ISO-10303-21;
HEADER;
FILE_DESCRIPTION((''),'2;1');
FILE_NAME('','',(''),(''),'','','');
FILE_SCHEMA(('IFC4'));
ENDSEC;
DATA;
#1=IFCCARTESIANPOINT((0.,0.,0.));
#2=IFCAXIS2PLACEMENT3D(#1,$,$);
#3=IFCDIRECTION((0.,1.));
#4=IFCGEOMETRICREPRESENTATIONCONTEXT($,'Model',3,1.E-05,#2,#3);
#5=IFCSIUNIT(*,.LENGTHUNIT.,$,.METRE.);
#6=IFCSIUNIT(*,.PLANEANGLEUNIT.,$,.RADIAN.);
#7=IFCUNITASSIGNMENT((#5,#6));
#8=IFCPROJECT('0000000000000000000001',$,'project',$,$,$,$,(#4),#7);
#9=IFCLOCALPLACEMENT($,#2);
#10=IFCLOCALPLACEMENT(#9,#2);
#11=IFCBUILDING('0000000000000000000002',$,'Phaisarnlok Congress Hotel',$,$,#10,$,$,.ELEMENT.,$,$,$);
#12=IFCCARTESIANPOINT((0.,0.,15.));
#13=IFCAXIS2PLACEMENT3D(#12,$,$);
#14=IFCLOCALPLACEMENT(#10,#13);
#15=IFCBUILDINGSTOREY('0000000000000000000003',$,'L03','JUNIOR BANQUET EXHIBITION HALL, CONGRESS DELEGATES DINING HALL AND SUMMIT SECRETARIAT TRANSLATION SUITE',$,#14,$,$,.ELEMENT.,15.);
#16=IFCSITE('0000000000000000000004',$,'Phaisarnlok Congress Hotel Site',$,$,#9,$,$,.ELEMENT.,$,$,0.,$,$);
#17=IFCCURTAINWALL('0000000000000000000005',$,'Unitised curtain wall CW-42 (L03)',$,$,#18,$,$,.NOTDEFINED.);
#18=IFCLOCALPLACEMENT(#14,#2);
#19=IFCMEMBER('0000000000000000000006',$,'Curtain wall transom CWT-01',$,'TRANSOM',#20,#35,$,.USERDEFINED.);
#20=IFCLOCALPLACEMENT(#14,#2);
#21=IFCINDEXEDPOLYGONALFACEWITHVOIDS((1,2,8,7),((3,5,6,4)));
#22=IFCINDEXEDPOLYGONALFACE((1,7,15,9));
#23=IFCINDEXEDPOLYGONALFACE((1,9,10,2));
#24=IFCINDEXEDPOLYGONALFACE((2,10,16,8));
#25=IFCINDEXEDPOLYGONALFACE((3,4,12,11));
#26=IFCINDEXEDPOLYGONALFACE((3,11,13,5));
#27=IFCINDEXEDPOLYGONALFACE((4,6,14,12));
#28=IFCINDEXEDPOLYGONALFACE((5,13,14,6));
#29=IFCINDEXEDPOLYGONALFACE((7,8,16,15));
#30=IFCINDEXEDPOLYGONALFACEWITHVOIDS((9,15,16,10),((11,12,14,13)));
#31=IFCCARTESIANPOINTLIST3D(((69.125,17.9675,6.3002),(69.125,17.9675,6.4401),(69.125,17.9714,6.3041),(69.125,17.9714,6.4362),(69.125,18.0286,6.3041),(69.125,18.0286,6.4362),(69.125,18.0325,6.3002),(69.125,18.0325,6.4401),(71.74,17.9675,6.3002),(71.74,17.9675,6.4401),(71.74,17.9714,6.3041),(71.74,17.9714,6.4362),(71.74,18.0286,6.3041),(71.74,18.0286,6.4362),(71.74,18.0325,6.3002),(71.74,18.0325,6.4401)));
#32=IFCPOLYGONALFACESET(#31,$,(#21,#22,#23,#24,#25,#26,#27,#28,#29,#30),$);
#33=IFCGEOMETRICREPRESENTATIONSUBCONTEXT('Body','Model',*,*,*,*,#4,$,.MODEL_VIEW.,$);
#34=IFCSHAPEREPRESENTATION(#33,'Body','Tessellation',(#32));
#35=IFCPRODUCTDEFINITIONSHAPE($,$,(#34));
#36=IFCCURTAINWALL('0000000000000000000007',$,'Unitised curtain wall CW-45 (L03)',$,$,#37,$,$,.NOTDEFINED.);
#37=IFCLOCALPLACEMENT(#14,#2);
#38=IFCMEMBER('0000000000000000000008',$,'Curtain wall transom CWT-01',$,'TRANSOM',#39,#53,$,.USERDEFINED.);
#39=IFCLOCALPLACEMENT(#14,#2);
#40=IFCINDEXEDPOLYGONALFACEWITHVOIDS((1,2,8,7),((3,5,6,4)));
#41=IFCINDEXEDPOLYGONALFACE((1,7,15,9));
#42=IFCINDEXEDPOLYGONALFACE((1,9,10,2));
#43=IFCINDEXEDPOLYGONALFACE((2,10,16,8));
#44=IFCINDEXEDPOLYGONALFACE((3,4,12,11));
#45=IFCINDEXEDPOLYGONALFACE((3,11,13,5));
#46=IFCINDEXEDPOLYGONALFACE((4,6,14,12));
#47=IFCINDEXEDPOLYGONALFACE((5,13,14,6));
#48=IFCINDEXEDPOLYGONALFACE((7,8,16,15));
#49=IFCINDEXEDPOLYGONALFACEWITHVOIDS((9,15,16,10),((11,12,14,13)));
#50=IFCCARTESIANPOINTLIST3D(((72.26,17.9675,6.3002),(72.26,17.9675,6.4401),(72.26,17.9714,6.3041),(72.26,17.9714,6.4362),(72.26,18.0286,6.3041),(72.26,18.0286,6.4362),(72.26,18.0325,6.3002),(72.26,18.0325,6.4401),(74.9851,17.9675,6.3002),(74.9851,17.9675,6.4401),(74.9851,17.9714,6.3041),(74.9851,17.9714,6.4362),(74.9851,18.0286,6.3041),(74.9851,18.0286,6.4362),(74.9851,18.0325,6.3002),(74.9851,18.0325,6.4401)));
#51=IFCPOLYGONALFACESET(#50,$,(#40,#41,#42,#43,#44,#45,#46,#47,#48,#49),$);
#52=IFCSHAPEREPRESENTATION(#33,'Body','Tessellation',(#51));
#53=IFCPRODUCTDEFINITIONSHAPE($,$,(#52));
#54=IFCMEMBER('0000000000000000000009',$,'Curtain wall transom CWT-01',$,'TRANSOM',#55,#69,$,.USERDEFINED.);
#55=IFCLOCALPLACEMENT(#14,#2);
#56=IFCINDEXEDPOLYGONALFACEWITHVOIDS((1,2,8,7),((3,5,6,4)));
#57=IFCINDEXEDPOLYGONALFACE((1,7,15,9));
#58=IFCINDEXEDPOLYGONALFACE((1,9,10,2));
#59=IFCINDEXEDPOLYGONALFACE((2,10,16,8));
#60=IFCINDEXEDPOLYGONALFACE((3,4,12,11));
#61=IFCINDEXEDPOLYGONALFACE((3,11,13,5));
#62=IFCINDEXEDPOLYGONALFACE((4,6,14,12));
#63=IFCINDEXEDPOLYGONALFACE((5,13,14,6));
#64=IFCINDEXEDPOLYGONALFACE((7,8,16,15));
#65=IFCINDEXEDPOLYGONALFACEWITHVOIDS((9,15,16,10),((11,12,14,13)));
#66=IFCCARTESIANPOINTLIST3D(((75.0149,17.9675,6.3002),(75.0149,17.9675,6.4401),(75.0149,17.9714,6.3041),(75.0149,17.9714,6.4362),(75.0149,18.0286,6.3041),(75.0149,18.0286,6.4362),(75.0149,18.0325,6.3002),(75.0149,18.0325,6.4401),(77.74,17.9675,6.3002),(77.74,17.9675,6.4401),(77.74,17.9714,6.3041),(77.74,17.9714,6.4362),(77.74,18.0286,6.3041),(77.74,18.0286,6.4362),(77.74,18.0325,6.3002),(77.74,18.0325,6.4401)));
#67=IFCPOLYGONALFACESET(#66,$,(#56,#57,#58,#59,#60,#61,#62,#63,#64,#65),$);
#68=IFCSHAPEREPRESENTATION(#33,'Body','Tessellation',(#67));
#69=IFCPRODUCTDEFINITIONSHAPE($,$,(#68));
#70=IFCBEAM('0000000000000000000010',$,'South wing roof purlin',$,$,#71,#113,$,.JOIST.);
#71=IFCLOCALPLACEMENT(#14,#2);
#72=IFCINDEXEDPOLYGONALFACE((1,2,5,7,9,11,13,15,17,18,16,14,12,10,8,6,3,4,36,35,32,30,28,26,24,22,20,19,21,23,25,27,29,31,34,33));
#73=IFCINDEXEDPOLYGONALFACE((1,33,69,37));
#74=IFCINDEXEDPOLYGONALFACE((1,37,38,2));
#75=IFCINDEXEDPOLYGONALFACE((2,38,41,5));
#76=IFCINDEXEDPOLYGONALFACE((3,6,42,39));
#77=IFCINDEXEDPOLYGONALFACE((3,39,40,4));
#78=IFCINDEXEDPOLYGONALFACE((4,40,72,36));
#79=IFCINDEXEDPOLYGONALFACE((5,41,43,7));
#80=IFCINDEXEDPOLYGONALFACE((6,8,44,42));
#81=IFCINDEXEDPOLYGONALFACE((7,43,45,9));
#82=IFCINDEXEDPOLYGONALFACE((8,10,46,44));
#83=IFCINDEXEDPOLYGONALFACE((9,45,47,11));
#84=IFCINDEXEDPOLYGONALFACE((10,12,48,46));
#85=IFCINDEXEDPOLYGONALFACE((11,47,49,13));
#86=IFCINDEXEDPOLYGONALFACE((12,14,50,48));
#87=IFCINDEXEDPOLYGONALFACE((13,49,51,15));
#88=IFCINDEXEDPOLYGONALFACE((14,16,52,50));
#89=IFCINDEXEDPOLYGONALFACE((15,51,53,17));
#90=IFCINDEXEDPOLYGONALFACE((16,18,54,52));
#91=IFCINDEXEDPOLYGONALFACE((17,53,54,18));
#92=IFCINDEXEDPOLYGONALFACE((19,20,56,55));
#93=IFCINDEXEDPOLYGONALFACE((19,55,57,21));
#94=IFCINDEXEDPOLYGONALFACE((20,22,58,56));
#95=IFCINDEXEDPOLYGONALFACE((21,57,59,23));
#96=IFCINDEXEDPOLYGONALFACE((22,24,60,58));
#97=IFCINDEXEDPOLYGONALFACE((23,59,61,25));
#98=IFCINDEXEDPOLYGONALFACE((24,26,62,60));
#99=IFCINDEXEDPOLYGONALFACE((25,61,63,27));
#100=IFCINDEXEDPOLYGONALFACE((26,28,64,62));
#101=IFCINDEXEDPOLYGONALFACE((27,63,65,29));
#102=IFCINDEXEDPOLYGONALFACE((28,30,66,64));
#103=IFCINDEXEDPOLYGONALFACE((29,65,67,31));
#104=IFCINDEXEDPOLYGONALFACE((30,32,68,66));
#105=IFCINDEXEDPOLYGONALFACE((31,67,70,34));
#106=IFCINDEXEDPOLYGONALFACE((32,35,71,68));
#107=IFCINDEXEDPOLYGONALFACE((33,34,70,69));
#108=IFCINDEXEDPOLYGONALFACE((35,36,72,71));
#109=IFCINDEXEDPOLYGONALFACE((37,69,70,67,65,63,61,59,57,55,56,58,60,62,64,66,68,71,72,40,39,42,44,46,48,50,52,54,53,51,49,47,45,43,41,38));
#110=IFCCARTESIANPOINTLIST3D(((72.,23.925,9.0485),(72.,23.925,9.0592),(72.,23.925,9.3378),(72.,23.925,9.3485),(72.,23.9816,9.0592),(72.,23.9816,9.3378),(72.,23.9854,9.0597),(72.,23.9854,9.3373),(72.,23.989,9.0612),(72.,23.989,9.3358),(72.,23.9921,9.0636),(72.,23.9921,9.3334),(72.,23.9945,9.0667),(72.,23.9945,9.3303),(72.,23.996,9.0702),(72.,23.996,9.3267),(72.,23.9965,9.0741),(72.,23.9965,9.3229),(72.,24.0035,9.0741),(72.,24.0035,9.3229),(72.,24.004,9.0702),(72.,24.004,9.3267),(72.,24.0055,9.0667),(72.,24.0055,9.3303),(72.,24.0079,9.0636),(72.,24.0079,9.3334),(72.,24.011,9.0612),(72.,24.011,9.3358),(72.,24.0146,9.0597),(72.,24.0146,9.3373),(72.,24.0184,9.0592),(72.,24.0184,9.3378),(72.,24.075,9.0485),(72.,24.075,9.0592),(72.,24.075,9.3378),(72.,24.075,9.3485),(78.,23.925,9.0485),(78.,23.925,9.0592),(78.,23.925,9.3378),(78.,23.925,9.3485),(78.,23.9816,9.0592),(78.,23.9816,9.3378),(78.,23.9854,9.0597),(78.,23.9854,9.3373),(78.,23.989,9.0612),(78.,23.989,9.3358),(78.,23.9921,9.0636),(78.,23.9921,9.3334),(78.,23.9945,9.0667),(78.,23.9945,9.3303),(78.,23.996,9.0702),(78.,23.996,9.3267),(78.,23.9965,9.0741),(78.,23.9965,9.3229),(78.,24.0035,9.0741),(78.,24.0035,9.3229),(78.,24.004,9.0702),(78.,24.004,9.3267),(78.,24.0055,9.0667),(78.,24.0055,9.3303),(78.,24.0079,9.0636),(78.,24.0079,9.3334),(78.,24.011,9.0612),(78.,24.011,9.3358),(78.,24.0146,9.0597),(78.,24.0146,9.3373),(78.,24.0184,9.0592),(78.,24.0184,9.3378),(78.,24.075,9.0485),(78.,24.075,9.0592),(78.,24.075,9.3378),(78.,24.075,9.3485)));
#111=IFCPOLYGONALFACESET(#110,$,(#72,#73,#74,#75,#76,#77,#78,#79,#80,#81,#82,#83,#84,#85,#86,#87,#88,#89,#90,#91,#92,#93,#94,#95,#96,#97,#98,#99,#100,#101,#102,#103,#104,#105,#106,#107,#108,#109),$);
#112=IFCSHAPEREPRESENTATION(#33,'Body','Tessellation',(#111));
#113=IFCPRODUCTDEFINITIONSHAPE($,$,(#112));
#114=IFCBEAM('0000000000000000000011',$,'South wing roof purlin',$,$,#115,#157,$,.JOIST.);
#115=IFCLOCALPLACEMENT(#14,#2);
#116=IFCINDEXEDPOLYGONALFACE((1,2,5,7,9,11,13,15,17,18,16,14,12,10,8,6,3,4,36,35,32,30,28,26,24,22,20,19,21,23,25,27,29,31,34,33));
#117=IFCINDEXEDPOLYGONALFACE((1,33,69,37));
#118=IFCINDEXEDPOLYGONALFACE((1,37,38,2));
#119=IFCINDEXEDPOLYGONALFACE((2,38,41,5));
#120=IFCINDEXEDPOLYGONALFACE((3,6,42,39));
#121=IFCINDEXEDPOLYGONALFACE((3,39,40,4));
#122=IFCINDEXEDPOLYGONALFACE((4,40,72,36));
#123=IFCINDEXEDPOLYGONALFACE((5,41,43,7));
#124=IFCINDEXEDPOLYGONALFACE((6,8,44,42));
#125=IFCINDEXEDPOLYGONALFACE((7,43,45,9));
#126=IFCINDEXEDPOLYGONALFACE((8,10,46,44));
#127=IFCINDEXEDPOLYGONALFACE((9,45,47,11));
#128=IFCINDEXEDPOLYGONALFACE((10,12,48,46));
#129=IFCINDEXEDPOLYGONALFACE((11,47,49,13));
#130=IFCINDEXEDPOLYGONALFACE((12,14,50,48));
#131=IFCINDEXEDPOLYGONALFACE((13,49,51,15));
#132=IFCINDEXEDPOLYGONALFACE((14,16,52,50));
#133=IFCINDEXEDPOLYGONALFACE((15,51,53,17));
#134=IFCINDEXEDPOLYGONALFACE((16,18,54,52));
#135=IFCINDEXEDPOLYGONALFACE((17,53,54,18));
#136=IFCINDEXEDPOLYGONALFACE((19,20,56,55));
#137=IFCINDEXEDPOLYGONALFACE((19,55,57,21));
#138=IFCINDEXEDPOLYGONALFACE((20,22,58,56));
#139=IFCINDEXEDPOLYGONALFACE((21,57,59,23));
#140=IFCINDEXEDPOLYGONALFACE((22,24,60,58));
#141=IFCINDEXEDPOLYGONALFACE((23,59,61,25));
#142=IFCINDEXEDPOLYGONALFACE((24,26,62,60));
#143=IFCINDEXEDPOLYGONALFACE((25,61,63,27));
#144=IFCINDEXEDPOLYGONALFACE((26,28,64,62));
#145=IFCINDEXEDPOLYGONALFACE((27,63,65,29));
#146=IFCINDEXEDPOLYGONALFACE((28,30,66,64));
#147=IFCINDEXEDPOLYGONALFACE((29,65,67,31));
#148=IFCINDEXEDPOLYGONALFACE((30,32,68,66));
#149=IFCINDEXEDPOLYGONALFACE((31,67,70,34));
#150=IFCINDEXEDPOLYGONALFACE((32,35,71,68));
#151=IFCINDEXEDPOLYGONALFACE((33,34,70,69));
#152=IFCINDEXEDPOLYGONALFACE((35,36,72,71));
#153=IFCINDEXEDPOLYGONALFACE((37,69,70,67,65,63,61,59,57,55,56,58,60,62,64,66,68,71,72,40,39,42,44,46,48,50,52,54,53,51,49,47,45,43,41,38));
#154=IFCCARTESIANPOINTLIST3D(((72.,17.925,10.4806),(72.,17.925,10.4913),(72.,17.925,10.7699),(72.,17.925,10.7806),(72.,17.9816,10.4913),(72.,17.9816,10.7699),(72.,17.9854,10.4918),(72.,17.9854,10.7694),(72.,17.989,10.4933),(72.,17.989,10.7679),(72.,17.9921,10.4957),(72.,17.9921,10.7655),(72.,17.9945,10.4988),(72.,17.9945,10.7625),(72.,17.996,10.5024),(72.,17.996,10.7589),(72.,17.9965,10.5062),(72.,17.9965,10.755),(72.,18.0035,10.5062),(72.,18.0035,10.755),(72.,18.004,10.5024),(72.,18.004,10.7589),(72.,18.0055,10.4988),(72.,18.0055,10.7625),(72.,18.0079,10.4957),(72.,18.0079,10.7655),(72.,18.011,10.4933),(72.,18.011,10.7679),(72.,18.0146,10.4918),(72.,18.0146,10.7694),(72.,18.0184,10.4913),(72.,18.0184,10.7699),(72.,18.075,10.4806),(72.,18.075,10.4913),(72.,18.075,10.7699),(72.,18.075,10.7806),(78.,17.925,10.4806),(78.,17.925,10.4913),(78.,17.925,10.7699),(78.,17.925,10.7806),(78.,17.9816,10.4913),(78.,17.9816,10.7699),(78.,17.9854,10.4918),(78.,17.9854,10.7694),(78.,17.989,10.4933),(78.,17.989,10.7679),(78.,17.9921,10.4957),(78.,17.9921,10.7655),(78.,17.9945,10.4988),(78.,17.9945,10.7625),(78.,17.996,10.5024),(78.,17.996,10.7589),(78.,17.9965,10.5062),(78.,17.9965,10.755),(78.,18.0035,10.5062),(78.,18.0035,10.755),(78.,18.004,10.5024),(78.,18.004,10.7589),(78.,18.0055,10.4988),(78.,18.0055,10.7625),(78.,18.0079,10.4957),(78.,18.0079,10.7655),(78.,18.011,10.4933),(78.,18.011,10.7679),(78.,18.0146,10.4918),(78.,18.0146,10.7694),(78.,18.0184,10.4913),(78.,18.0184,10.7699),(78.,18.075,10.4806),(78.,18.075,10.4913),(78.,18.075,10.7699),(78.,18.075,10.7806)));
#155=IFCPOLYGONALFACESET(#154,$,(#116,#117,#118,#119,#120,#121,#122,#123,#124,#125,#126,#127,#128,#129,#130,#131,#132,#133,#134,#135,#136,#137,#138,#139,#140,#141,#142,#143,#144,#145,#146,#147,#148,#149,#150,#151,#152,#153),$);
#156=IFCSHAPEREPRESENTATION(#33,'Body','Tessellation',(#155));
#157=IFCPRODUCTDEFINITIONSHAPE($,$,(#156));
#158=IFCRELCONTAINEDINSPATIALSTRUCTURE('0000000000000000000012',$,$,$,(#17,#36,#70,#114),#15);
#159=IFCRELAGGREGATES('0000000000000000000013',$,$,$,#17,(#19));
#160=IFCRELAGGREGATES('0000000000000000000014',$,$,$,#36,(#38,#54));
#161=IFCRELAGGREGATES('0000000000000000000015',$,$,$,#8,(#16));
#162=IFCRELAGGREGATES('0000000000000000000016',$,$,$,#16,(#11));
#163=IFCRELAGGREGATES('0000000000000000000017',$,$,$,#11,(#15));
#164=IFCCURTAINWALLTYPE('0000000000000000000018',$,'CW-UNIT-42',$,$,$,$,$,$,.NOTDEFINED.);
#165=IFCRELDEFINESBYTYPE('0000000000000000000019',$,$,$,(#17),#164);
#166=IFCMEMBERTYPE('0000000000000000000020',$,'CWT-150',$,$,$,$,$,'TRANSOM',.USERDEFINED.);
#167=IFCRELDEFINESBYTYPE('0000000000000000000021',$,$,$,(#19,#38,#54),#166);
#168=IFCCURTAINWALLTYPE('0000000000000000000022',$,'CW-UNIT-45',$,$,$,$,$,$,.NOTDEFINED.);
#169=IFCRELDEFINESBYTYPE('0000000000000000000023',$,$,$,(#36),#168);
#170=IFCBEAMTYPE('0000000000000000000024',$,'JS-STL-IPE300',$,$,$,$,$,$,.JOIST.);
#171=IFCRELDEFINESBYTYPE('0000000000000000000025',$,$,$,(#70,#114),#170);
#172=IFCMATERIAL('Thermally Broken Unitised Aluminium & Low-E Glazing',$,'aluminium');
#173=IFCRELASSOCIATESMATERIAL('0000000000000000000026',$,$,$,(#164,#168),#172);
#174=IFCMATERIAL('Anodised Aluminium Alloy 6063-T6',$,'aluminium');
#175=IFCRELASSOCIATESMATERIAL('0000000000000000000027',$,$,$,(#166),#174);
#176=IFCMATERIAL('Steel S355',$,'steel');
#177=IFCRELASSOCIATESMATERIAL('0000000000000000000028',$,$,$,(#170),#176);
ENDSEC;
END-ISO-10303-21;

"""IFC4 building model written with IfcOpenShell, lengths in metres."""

from ifc_helpers import new_model, si_unit, direction, frame, origin, origin_2d, place, context, subcontext, project, spatial, hollow_rectangle, i_section, extrude, material, material_profile, profile_set, type_object, element, aggregate, save


model = new_model("IFC4")

# Units and contexts
model_context = context("Model", 3, precision=1e-05, world=origin(), true_north=direction((0.0, 1.0)))
body_context = subcontext(model_context, "Body", "Model", "MODEL_VIEW")
ifc_project = project(units=[si_unit("LENGTHUNIT", "METRE"), si_unit("PLANEANGLEUNIT", "RADIAN")], contexts=[model_context])

# Site, building, storey
site_placement = place(None, origin())
site = spatial("IfcSite", under=ifc_project, at=site_placement, Name="Phaisarnlok Congress Hotel Site", CompositionType="ELEMENT", RefElevation=0.0)
building_placement = place(site_placement, origin())
building = spatial("IfcBuilding", under=site, at=building_placement, Name="Phaisarnlok Congress Hotel", CompositionType="ELEMENT")
storey_placement = place(building_placement, frame((0.0, 0.0, 15.0)))
storey = spatial("IfcBuildingStorey", under=building, at=storey_placement, Name="L03", Description="JUNIOR BANQUET EXHIBITION HALL, CONGRESS DELEGATES DINING HALL AND SUMMIT SECRETARIAT TRANSLATION SUITE", CompositionType="ELEMENT", Elevation=15.0)

# Curtain wall, member
ifc_material_1 = material(Name="Thermally Broken Unitised Aluminium & Low-E Glazing", Category="aluminium")
curtain_wall_type_1 = type_object("IfcCurtainWallType", Name="CW-UNIT-42", PredefinedType="NOTDEFINED", material=ifc_material_1)
curtain_wall_1_placement = place(storey_placement, origin())
curtain_wall_1 = element("IfcCurtainWall", 1, at=curtain_wall_1_placement, inside=storey, type_object=curtain_wall_type_1, Name="Unitised curtain wall CW-42 (L03)", PredefinedType="NOTDEFINED")
ifc_material_2 = material(Name="Anodised Aluminium Alloy 6063-T6", Category="aluminium")
ifc_material_profile_1 = material_profile(ifc_material_2, hollow_rectangle(XDim=0.0649, YDim=0.1399, WallThickness=0.0039, at=origin_2d()), Name="ALU-T 65x140x4")
ifc_profile_set_1 = profile_set([ifc_material_profile_1], Name="Anodised Aluminium Alloy 6063-T6")
member_type_1 = type_object("IfcMemberType", Name="CWT-150", ElementType="TRANSOM", PredefinedType="USERDEFINED", material=ifc_profile_set_1)
member_1_placement = place(storey_placement, frame((69.125, 18.0, 6.3701), z_axis=(1.0, 0.0, 0.0), x_axis=(0.0, 1.0, 0.0)))
member_1 = element("IfcMember", 2, at=member_1_placement, type_object=member_type_1, Name="Curtain wall transom CWT-01", ObjectType="TRANSOM", PredefinedType="USERDEFINED", context=body_context, shape_type="SweptSolid", body=[
    extrude(hollow_rectangle(XDim=0.0649, YDim=0.1399, WallThickness=0.0039, at=origin_2d()), origin(), (0.0, 0.0, 1.0), 2.615),
])
aggregate(curtain_wall_1, [member_1])

# Curtain wall, members
curtain_wall_type_2 = type_object("IfcCurtainWallType", Name="CW-UNIT-45", PredefinedType="NOTDEFINED", material=ifc_material_1)
curtain_wall_2_placement = place(storey_placement, origin())
curtain_wall_2 = element("IfcCurtainWall", 3, at=curtain_wall_2_placement, inside=storey, type_object=curtain_wall_type_2, Name="Unitised curtain wall CW-45 (L03)", PredefinedType="NOTDEFINED")
member_2_placement = place(storey_placement, frame((72.26, 18.0, 6.3701), z_axis=(1.0, 0.0, 0.0), x_axis=(0.0, 1.0, 0.0)))
member_2 = element("IfcMember", 4, at=member_2_placement, type_object=member_type_1, Name="Curtain wall transom CWT-01", ObjectType="TRANSOM", PredefinedType="USERDEFINED", context=body_context, shape_type="SweptSolid", body=[
    extrude(hollow_rectangle(XDim=0.0649, YDim=0.1399, WallThickness=0.0039, at=origin_2d()), origin(), (0.0, 0.0, 1.0), 2.7251),
])
member_3_placement = place(storey_placement, frame((75.0149, 18.0, 6.3701), z_axis=(1.0, 0.0, 0.0), x_axis=(0.0, 1.0, 0.0)))
member_3 = element("IfcMember", 5, at=member_3_placement, type_object=member_type_1, Name="Curtain wall transom CWT-01", ObjectType="TRANSOM", PredefinedType="USERDEFINED", context=body_context, shape_type="SweptSolid", body=[
    extrude(hollow_rectangle(XDim=0.0649, YDim=0.1399, WallThickness=0.0039, at=origin_2d()), origin(), (0.0, 0.0, 1.0), 2.7251),
])
aggregate(curtain_wall_2, [member_2, member_3])

# Beams
ifc_material_3 = material(Name="Steel S355", Category="steel")
ifc_material_profile_2 = material_profile(ifc_material_3, i_section(OverallWidth=0.1499, OverallDepth=0.3, WebThickness=0.0071, FlangeThickness=0.0107, FilletRadius=0.0149, at=origin_2d()), Name="IPE 300")
ifc_profile_set_2 = profile_set([ifc_material_profile_2], Name="Steel S355")
beam_type = type_object("IfcBeamType", Name="JS-STL-IPE300", PredefinedType="JOIST", material=ifc_profile_set_2)
for number, where, z_axis, x_axis, name in (
    (6, (72.0, 24.0, 9.1985), (1.0, 0.0, 0.0), (0.0, 1.0, 0.0), "South wing roof purlin"),
    (7, (72.0, 18.0, 10.6306), (1.0, 0.0, 0.0), (0.0, 1.0, 0.0), "South wing roof purlin"),
):
    element("IfcBeam", number, at=place(storey_placement, frame(where, z_axis=z_axis, x_axis=x_axis)), inside=storey, type_object=beam_type, Name=name, PredefinedType="JOIST", context=body_context, shape_type="SweptSolid", body=[
        extrude(i_section(OverallWidth=0.1499, OverallDepth=0.3, WebThickness=0.0071, FlangeThickness=0.0107, FilletRadius=0.0149, at=origin_2d()), origin(), (0.0, 0.0, 1.0), 6.0),
    ])

save(model, "model.ifc")
